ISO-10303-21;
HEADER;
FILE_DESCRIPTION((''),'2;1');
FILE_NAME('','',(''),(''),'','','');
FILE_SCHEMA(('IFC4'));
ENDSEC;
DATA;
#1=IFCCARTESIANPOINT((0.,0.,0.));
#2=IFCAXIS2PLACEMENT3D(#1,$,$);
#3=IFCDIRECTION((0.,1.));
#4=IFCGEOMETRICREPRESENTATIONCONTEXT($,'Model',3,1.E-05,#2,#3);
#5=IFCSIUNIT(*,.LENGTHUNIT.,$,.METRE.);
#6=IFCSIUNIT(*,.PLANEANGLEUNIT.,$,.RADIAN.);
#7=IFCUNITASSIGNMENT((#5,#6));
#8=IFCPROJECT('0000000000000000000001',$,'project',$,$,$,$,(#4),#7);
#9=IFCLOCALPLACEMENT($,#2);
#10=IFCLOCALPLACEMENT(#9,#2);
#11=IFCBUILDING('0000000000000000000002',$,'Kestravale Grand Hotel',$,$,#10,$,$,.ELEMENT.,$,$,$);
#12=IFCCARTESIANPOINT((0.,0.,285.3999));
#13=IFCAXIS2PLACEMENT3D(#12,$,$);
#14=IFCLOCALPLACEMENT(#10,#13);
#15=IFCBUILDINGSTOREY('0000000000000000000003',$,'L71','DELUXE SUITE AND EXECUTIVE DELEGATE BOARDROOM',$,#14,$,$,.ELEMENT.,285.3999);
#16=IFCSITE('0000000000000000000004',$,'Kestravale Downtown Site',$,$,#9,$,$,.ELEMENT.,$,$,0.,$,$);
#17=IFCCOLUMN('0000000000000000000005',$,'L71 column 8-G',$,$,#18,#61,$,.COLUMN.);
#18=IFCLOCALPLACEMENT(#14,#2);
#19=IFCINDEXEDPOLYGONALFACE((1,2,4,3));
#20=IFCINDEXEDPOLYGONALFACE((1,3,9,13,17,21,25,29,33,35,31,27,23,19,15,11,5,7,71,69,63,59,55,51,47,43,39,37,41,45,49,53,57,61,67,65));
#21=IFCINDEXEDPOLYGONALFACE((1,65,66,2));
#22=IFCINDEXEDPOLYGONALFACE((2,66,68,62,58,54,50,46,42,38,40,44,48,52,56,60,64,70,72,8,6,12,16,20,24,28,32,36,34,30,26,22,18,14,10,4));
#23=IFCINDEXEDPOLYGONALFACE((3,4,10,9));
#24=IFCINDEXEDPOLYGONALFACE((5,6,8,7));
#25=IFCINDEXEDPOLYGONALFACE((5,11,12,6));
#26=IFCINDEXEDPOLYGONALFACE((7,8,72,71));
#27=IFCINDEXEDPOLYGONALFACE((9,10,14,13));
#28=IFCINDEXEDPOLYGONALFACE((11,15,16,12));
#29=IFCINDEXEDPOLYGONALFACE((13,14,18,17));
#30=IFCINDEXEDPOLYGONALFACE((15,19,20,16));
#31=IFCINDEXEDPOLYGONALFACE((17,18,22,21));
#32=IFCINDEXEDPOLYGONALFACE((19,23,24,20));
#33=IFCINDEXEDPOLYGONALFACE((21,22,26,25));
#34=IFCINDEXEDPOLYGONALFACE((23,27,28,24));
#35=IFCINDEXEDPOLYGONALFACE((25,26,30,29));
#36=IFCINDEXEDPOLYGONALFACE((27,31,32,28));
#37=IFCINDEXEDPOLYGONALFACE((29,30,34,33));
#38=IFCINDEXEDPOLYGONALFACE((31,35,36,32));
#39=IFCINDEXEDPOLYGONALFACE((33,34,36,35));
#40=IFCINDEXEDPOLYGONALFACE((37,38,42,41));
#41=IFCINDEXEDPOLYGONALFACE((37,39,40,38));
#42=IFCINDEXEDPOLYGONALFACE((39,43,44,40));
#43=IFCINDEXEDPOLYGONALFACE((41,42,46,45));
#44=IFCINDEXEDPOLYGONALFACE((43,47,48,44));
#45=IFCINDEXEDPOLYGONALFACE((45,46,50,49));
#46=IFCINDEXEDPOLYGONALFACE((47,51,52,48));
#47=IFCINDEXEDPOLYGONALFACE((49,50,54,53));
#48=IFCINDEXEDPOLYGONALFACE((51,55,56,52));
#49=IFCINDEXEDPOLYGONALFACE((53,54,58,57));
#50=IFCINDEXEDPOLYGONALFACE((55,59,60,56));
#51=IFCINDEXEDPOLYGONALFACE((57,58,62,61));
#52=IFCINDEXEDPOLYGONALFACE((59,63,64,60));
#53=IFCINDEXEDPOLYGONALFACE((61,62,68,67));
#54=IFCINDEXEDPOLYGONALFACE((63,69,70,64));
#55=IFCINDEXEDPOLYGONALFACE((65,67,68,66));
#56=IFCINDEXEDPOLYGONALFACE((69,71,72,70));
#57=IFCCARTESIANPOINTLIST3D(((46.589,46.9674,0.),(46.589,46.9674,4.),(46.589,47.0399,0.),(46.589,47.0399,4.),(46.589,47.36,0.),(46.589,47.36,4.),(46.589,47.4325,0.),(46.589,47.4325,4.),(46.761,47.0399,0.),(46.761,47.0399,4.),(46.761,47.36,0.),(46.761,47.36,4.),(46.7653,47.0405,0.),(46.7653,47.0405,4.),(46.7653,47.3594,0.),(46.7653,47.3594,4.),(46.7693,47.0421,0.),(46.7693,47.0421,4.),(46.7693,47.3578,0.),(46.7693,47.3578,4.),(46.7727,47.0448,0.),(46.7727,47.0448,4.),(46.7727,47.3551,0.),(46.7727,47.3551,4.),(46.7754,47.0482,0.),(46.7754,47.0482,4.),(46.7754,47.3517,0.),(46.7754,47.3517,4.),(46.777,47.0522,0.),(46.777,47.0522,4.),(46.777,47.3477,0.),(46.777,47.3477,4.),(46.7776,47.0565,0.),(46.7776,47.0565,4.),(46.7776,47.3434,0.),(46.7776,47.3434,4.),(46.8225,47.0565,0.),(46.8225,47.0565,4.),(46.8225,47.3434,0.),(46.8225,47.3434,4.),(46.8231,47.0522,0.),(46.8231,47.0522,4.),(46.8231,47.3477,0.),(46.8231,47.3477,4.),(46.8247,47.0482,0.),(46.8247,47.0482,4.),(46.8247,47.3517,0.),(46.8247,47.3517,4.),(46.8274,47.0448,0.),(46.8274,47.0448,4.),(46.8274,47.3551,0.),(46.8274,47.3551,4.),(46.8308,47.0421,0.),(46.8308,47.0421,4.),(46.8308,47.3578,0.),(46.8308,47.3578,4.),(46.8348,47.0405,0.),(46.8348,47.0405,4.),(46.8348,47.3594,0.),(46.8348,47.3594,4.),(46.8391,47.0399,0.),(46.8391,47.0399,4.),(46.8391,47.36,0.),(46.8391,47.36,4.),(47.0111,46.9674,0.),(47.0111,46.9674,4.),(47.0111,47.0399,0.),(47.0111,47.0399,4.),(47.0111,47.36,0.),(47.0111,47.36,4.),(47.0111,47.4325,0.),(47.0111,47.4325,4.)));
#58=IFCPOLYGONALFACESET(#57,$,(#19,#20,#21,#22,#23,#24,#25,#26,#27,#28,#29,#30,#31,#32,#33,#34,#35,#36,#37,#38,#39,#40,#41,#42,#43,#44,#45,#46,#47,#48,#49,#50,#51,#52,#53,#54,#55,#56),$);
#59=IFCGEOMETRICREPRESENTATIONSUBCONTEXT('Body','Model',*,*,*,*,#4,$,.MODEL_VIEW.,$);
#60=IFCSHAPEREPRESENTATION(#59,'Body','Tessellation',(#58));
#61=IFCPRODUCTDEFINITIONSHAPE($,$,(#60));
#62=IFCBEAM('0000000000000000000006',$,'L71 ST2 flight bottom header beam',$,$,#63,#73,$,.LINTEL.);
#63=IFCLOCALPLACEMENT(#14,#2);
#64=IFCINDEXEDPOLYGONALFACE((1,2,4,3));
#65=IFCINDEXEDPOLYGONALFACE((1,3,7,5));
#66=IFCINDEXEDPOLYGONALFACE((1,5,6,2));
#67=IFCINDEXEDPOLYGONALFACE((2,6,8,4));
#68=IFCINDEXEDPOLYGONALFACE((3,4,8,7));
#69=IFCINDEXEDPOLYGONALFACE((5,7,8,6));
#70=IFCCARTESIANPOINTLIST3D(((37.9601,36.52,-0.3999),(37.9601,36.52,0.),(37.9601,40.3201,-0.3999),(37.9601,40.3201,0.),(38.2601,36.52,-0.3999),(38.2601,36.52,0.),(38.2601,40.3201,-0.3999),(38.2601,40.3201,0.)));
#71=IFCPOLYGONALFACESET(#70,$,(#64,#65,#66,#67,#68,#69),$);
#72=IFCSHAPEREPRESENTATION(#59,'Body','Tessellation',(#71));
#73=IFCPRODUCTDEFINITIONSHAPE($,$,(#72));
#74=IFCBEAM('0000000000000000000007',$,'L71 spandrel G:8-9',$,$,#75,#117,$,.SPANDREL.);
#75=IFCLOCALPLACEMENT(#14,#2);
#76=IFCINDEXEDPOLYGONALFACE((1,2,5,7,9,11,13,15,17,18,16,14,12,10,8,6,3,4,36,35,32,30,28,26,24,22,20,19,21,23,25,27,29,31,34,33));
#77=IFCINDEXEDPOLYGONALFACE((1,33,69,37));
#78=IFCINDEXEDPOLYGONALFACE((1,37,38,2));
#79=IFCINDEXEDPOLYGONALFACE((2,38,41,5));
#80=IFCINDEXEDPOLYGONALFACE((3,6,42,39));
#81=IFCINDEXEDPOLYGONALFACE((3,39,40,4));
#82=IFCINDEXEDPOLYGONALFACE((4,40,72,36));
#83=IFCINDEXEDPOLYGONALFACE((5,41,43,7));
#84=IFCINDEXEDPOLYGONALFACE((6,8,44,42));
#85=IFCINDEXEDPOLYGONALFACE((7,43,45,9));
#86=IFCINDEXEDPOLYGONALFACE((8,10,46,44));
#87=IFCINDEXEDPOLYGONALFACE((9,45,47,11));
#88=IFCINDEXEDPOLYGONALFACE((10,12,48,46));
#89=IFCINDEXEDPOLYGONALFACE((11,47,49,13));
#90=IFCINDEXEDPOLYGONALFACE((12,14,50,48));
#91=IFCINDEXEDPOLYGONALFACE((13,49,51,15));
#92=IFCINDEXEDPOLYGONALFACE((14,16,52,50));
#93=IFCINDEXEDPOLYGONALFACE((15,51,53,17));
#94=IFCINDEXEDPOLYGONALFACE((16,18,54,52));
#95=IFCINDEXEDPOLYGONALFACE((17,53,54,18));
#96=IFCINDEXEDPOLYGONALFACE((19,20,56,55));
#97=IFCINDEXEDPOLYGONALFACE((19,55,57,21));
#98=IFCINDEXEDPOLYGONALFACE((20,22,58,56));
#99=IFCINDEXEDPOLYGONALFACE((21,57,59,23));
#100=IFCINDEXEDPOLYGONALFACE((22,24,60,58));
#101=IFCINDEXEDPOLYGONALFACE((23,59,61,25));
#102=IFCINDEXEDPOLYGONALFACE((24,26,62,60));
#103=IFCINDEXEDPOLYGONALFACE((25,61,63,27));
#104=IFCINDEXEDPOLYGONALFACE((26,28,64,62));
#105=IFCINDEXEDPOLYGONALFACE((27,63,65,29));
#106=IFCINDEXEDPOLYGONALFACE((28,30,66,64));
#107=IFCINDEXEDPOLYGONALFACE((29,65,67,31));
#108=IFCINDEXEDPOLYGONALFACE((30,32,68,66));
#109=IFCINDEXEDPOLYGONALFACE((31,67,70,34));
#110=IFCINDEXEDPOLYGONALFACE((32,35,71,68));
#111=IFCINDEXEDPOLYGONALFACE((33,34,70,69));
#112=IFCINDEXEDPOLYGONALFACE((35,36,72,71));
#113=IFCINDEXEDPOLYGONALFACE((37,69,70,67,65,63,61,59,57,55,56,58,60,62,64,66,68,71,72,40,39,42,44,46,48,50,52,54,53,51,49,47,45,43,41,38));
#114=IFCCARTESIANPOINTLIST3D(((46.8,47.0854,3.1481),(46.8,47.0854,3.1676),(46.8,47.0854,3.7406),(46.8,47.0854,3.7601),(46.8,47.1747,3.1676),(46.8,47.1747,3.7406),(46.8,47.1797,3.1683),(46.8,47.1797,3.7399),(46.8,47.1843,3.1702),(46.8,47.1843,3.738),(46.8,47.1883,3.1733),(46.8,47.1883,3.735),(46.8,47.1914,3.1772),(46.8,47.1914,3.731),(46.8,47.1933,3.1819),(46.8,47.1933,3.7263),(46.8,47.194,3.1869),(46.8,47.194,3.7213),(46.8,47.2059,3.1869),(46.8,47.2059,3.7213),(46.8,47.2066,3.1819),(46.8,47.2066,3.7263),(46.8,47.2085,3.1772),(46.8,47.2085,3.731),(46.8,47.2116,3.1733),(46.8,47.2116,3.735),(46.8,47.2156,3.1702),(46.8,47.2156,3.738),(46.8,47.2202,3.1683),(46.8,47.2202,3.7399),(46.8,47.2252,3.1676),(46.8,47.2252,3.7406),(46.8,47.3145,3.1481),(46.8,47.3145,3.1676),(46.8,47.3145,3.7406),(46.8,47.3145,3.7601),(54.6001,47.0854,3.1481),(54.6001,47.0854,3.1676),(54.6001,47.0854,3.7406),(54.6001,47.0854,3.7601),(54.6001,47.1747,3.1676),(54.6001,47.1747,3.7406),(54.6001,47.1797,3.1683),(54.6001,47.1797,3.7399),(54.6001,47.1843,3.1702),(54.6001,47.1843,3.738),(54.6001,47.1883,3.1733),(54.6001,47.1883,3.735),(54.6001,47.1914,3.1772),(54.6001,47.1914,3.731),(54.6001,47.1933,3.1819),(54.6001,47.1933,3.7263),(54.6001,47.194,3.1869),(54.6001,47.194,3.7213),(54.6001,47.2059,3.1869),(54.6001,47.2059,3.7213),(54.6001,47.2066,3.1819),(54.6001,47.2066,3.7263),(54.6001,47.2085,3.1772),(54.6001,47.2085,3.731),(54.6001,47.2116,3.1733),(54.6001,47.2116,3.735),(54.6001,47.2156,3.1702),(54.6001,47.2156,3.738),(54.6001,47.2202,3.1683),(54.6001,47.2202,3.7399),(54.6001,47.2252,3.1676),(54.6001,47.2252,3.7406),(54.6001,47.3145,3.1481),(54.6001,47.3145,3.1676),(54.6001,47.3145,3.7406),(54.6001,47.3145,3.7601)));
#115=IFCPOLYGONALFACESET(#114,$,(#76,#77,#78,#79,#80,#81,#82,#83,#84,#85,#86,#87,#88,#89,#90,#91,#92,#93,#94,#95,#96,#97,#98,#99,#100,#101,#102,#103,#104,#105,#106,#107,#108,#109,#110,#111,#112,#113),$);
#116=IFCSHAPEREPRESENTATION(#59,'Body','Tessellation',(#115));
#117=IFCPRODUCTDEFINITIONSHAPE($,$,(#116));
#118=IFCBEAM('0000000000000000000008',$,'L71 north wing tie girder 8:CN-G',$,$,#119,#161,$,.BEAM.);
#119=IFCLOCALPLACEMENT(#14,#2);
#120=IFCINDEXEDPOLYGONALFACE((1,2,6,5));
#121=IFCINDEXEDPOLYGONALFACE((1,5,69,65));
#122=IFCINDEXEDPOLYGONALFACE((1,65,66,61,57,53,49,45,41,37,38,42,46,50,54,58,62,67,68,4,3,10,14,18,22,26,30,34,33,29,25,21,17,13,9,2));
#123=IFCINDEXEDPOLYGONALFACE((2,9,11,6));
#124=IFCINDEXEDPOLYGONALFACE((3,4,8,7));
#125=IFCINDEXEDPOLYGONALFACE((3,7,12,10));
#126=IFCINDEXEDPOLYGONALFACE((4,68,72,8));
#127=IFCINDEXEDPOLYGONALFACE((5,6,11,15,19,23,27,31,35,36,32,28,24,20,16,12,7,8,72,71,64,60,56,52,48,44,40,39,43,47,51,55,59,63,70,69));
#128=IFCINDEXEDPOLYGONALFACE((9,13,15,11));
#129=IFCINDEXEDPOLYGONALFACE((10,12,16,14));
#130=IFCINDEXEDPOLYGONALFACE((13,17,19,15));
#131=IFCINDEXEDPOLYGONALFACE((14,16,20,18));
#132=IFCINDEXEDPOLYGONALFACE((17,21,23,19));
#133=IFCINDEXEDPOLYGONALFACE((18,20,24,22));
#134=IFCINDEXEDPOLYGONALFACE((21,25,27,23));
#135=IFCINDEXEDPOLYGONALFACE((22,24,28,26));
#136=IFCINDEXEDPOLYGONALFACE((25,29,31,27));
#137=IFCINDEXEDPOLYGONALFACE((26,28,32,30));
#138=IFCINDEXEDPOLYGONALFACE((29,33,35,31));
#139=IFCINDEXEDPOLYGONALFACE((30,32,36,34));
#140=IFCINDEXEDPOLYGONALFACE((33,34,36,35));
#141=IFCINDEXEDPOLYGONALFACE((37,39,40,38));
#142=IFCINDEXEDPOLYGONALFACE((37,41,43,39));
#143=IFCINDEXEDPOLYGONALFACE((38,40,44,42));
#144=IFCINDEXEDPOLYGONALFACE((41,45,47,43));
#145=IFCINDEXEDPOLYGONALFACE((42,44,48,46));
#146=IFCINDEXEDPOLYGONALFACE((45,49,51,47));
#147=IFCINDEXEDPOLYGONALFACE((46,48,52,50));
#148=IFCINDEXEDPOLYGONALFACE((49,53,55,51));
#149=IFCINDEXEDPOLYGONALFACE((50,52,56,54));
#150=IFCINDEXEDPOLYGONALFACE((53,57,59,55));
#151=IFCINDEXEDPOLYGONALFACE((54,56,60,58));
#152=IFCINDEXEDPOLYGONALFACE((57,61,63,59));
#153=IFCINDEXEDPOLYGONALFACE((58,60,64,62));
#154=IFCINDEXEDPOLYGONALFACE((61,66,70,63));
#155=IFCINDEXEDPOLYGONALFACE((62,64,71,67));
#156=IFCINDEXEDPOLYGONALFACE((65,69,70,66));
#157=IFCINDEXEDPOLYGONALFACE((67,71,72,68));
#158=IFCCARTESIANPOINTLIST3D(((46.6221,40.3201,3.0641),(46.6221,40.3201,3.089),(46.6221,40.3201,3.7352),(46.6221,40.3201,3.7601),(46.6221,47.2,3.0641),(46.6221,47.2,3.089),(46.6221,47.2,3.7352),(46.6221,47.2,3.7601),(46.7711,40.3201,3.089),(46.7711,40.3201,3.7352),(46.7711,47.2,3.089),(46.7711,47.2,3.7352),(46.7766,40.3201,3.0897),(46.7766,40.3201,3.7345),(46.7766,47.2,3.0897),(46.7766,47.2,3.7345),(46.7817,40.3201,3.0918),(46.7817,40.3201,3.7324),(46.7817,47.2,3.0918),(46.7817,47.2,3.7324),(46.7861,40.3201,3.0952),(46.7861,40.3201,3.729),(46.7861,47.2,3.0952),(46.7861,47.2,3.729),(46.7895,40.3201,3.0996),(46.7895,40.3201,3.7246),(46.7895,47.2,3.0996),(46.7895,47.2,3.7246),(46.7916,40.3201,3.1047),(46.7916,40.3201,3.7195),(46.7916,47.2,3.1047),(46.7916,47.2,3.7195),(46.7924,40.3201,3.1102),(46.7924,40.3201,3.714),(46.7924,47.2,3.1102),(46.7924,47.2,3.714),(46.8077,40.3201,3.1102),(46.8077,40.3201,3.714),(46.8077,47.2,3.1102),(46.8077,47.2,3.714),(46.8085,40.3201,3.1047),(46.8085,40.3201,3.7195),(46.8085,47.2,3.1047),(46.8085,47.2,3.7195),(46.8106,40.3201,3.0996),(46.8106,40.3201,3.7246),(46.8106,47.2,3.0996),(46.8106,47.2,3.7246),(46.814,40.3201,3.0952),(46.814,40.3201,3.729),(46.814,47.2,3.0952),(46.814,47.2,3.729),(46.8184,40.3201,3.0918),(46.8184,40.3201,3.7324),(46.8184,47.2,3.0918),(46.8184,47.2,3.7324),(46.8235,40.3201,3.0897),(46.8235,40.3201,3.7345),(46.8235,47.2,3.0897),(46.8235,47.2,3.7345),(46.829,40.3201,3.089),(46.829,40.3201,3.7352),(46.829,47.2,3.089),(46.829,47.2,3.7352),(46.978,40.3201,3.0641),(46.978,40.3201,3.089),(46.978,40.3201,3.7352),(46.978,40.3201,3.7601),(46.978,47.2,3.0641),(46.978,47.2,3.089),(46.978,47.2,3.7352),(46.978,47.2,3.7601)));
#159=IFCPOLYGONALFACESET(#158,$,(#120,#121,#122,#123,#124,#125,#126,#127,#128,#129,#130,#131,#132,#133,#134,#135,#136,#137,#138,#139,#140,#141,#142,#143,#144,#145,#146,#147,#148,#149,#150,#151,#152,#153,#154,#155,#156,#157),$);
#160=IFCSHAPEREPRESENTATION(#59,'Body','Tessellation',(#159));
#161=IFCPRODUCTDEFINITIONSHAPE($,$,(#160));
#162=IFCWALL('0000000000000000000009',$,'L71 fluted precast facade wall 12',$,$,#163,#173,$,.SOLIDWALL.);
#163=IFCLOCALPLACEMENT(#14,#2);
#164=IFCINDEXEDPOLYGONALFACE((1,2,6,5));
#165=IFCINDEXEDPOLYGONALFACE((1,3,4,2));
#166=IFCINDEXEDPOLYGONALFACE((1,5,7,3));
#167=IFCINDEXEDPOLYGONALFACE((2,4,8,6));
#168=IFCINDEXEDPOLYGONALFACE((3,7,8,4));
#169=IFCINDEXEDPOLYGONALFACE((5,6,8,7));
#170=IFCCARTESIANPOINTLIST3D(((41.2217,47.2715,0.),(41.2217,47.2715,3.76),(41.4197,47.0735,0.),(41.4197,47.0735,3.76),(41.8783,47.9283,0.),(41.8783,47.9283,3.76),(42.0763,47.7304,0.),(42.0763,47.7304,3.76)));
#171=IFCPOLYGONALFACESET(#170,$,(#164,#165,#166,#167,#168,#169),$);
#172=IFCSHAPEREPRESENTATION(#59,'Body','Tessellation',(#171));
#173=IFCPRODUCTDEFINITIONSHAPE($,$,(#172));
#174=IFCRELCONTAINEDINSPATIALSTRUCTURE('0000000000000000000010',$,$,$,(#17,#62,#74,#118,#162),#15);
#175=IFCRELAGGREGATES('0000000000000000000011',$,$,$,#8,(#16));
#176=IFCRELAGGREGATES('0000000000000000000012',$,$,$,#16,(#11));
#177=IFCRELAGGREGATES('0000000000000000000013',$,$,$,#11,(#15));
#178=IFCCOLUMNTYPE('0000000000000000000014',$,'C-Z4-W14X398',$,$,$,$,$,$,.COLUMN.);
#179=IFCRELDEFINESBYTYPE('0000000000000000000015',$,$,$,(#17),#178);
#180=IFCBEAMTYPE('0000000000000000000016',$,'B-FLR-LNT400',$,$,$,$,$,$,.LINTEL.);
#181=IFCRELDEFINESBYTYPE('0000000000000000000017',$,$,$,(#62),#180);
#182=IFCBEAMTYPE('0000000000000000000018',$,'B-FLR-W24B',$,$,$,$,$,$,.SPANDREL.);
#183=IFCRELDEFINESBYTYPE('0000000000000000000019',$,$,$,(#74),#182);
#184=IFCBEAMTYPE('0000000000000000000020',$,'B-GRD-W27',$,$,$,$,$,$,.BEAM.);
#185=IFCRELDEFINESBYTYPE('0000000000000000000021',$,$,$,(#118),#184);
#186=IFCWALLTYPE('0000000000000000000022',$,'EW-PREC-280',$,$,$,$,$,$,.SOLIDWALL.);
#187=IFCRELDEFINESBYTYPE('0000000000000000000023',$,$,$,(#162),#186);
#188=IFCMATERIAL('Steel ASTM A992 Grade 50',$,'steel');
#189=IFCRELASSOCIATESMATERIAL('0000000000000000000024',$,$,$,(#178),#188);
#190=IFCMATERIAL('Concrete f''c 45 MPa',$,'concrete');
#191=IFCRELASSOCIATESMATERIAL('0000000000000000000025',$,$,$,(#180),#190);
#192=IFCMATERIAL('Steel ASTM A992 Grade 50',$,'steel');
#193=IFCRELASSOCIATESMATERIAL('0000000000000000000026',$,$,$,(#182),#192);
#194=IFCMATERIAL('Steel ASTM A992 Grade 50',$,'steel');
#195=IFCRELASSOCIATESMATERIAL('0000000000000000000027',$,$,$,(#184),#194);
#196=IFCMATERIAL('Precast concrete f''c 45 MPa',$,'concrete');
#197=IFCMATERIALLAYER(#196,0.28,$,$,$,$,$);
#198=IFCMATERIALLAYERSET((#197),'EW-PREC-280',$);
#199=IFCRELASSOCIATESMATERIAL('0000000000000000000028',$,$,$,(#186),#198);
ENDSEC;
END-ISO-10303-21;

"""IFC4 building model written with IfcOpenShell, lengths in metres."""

from ifc_helpers import new_model, si_unit, direction, frame, frame_2d, origin, origin_2d, place, context, subcontext, project, spatial, rectangle, i_section, extrude, material, layer, layer_set, material_profile, profile_set, type_object, element, save


model = new_model("IFC4")

# Units and contexts
model_context = context("Model", 3, precision=1e-05, world=origin(), true_north=direction((0.0, 1.0)))
body_context = subcontext(model_context, "Body", "Model", "MODEL_VIEW")
ifc_project = project(units=[si_unit("LENGTHUNIT", "METRE"), si_unit("PLANEANGLEUNIT", "RADIAN")], contexts=[model_context])

# Site, building, storey
site_placement = place(None, origin())
site = spatial("IfcSite", under=ifc_project, at=site_placement, Name="Kestravale Downtown Site", CompositionType="ELEMENT", RefElevation=0.0)
building_placement = place(site_placement, origin())
building = spatial("IfcBuilding", under=site, at=building_placement, Name="Kestravale Grand Hotel", CompositionType="ELEMENT")
storey_placement = place(building_placement, frame((0.0, 0.0, 285.3999)))
storey = spatial("IfcBuildingStorey", under=building, at=storey_placement, Name="L71", Description="DELUXE SUITE AND EXECUTIVE DELEGATE BOARDROOM", CompositionType="ELEMENT", Elevation=285.3999)

# Column
ifc_material_1 = material(Name="Steel ASTM A992 Grade 50", Category="steel")
ifc_material_profile_1 = material_profile(ifc_material_1, i_section(OverallWidth=0.4221, OverallDepth=0.4651, WebThickness=0.0449, FlangeThickness=0.0725, FilletRadius=0.0166, at=origin_2d()))
ifc_profile_set_1 = profile_set([ifc_material_profile_1], Name="Steel ASTM A992 Grade 50")
column_type = type_object("IfcColumnType", Name="C-Z4-W14X398", PredefinedType="COLUMN", material=ifc_profile_set_1)
column_placement = place(storey_placement, frame((46.8, 47.2, 0.0), z_axis=(0.0, 0.0, 1.0), x_axis=(1.0, 0.0, 0.0)))
element("IfcColumn", 1, at=column_placement, inside=storey, type_object=column_type, Name="L71 column 8-G", PredefinedType="COLUMN", context=body_context, shape_type="SweptSolid", body=[
    extrude(i_section(OverallWidth=0.4221, OverallDepth=0.4651, WebThickness=0.0449, FlangeThickness=0.0725, FilletRadius=0.0166, at=origin_2d()), origin(), (0.0, 0.0, 1.0), 4.0),
])

# Beams
ifc_material_2 = material(Name="Concrete f'c 45 MPa", Category="concrete")
ifc_material_profile_2 = material_profile(ifc_material_2, rectangle(XDim=0.3, YDim=0.3999, at=origin_2d()))
ifc_profile_set_2 = profile_set([ifc_material_profile_2], Name="Concrete f'c 45 MPa")
beam_type_1 = type_object("IfcBeamType", Name="B-FLR-LNT400", PredefinedType="LINTEL", material=ifc_profile_set_2)
beam_1_placement = place(storey_placement, frame((38.1101, 36.52, -0.2), z_axis=(0.0, 1.0, 0.0), x_axis=(-1.0, 0.0, 0.0)))
element("IfcBeam", 2, at=beam_1_placement, inside=storey, type_object=beam_type_1, Name="L71 ST2 flight bottom header beam", PredefinedType="LINTEL", context=body_context, shape_type="SweptSolid", body=[
    extrude(rectangle(XDim=0.3, YDim=0.3999, at=origin_2d()), origin(), (0.0, 0.0, 1.0), 3.8),
])
ifc_material_3 = material(Name="Steel ASTM A992 Grade 50", Category="steel")
ifc_material_profile_3 = material_profile(ifc_material_3, i_section(OverallWidth=0.229, OverallDepth=0.6121, WebThickness=0.012, FlangeThickness=0.0195, FilletRadius=0.0193, at=origin_2d()))
ifc_profile_set_3 = profile_set([ifc_material_profile_3], Name="Steel ASTM A992 Grade 50")
beam_type_2 = type_object("IfcBeamType", Name="B-FLR-W24B", PredefinedType="SPANDREL", material=ifc_profile_set_3)
beam_2_placement = place(storey_placement, frame((46.8, 47.2, 3.4541), z_axis=(1.0, 0.0, 0.0), x_axis=(0.0, 1.0, 0.0)))
element("IfcBeam", 3, at=beam_2_placement, inside=storey, type_object=beam_type_2, Name="L71 spandrel G:8-9", PredefinedType="SPANDREL", context=body_context, shape_type="SweptSolid", body=[
    extrude(i_section(OverallWidth=0.229, OverallDepth=0.6121, WebThickness=0.012, FlangeThickness=0.0195, FilletRadius=0.0193, at=origin_2d()), origin(), (0.0, 0.0, 1.0), 7.8),
])
ifc_material_4 = material(Name="Steel ASTM A992 Grade 50", Category="steel")
ifc_material_profile_4 = material_profile(ifc_material_4, i_section(OverallWidth=0.356, OverallDepth=0.696, WebThickness=0.0154, FlangeThickness=0.0249, FilletRadius=0.0212, at=origin_2d()))
ifc_profile_set_4 = profile_set([ifc_material_profile_4], Name="Steel ASTM A992 Grade 50")
beam_type_3 = type_object("IfcBeamType", Name="B-GRD-W27", PredefinedType="BEAM", material=ifc_profile_set_4)
beam_3_placement = place(storey_placement, frame((46.8, 40.3201, 3.4121), z_axis=(0.0, 1.0, 0.0), x_axis=(-1.0, 0.0, 0.0)))
element("IfcBeam", 4, at=beam_3_placement, inside=storey, type_object=beam_type_3, Name="L71 north wing tie girder 8:CN-G", PredefinedType="BEAM", context=body_context, shape_type="SweptSolid", body=[
    extrude(i_section(OverallWidth=0.356, OverallDepth=0.696, WebThickness=0.0154, FlangeThickness=0.0249, FilletRadius=0.0212, at=origin_2d()), origin(), (0.0, 0.0, 1.0), 6.8799),
])

# Wall
ifc_material_5 = material(Name="Precast concrete f'c 45 MPa", Category="concrete")
ifc_layer_1 = layer(ifc_material_5, 0.28)
ifc_layer_set_1 = layer_set([ifc_layer_1], Name="EW-PREC-280")
wall_type_1 = type_object("IfcWallType", Name="EW-PREC-280", PredefinedType="SOLIDWALL", material=ifc_layer_set_1)
wall_1_placement = place(storey_placement, frame((41.9773, 47.8293, 0.0), z_axis=(0.0, 0.0, 1.0), x_axis=(-0.706975, -0.707238, 0.0)))
element("IfcWall", 5, at=wall_1_placement, inside=storey, type_object=wall_type_1, Name="L71 fluted precast facade wall 12", PredefinedType="SOLIDWALL", context=body_context, shape_type="SweptSolid", body=[
    extrude(rectangle(XDim=0.9287, YDim=0.28, at=frame_2d((0.4644, 0.0))), origin(), (0.0, 0.0, 1.0), 3.76),
])

save(model, "model.ifc")
